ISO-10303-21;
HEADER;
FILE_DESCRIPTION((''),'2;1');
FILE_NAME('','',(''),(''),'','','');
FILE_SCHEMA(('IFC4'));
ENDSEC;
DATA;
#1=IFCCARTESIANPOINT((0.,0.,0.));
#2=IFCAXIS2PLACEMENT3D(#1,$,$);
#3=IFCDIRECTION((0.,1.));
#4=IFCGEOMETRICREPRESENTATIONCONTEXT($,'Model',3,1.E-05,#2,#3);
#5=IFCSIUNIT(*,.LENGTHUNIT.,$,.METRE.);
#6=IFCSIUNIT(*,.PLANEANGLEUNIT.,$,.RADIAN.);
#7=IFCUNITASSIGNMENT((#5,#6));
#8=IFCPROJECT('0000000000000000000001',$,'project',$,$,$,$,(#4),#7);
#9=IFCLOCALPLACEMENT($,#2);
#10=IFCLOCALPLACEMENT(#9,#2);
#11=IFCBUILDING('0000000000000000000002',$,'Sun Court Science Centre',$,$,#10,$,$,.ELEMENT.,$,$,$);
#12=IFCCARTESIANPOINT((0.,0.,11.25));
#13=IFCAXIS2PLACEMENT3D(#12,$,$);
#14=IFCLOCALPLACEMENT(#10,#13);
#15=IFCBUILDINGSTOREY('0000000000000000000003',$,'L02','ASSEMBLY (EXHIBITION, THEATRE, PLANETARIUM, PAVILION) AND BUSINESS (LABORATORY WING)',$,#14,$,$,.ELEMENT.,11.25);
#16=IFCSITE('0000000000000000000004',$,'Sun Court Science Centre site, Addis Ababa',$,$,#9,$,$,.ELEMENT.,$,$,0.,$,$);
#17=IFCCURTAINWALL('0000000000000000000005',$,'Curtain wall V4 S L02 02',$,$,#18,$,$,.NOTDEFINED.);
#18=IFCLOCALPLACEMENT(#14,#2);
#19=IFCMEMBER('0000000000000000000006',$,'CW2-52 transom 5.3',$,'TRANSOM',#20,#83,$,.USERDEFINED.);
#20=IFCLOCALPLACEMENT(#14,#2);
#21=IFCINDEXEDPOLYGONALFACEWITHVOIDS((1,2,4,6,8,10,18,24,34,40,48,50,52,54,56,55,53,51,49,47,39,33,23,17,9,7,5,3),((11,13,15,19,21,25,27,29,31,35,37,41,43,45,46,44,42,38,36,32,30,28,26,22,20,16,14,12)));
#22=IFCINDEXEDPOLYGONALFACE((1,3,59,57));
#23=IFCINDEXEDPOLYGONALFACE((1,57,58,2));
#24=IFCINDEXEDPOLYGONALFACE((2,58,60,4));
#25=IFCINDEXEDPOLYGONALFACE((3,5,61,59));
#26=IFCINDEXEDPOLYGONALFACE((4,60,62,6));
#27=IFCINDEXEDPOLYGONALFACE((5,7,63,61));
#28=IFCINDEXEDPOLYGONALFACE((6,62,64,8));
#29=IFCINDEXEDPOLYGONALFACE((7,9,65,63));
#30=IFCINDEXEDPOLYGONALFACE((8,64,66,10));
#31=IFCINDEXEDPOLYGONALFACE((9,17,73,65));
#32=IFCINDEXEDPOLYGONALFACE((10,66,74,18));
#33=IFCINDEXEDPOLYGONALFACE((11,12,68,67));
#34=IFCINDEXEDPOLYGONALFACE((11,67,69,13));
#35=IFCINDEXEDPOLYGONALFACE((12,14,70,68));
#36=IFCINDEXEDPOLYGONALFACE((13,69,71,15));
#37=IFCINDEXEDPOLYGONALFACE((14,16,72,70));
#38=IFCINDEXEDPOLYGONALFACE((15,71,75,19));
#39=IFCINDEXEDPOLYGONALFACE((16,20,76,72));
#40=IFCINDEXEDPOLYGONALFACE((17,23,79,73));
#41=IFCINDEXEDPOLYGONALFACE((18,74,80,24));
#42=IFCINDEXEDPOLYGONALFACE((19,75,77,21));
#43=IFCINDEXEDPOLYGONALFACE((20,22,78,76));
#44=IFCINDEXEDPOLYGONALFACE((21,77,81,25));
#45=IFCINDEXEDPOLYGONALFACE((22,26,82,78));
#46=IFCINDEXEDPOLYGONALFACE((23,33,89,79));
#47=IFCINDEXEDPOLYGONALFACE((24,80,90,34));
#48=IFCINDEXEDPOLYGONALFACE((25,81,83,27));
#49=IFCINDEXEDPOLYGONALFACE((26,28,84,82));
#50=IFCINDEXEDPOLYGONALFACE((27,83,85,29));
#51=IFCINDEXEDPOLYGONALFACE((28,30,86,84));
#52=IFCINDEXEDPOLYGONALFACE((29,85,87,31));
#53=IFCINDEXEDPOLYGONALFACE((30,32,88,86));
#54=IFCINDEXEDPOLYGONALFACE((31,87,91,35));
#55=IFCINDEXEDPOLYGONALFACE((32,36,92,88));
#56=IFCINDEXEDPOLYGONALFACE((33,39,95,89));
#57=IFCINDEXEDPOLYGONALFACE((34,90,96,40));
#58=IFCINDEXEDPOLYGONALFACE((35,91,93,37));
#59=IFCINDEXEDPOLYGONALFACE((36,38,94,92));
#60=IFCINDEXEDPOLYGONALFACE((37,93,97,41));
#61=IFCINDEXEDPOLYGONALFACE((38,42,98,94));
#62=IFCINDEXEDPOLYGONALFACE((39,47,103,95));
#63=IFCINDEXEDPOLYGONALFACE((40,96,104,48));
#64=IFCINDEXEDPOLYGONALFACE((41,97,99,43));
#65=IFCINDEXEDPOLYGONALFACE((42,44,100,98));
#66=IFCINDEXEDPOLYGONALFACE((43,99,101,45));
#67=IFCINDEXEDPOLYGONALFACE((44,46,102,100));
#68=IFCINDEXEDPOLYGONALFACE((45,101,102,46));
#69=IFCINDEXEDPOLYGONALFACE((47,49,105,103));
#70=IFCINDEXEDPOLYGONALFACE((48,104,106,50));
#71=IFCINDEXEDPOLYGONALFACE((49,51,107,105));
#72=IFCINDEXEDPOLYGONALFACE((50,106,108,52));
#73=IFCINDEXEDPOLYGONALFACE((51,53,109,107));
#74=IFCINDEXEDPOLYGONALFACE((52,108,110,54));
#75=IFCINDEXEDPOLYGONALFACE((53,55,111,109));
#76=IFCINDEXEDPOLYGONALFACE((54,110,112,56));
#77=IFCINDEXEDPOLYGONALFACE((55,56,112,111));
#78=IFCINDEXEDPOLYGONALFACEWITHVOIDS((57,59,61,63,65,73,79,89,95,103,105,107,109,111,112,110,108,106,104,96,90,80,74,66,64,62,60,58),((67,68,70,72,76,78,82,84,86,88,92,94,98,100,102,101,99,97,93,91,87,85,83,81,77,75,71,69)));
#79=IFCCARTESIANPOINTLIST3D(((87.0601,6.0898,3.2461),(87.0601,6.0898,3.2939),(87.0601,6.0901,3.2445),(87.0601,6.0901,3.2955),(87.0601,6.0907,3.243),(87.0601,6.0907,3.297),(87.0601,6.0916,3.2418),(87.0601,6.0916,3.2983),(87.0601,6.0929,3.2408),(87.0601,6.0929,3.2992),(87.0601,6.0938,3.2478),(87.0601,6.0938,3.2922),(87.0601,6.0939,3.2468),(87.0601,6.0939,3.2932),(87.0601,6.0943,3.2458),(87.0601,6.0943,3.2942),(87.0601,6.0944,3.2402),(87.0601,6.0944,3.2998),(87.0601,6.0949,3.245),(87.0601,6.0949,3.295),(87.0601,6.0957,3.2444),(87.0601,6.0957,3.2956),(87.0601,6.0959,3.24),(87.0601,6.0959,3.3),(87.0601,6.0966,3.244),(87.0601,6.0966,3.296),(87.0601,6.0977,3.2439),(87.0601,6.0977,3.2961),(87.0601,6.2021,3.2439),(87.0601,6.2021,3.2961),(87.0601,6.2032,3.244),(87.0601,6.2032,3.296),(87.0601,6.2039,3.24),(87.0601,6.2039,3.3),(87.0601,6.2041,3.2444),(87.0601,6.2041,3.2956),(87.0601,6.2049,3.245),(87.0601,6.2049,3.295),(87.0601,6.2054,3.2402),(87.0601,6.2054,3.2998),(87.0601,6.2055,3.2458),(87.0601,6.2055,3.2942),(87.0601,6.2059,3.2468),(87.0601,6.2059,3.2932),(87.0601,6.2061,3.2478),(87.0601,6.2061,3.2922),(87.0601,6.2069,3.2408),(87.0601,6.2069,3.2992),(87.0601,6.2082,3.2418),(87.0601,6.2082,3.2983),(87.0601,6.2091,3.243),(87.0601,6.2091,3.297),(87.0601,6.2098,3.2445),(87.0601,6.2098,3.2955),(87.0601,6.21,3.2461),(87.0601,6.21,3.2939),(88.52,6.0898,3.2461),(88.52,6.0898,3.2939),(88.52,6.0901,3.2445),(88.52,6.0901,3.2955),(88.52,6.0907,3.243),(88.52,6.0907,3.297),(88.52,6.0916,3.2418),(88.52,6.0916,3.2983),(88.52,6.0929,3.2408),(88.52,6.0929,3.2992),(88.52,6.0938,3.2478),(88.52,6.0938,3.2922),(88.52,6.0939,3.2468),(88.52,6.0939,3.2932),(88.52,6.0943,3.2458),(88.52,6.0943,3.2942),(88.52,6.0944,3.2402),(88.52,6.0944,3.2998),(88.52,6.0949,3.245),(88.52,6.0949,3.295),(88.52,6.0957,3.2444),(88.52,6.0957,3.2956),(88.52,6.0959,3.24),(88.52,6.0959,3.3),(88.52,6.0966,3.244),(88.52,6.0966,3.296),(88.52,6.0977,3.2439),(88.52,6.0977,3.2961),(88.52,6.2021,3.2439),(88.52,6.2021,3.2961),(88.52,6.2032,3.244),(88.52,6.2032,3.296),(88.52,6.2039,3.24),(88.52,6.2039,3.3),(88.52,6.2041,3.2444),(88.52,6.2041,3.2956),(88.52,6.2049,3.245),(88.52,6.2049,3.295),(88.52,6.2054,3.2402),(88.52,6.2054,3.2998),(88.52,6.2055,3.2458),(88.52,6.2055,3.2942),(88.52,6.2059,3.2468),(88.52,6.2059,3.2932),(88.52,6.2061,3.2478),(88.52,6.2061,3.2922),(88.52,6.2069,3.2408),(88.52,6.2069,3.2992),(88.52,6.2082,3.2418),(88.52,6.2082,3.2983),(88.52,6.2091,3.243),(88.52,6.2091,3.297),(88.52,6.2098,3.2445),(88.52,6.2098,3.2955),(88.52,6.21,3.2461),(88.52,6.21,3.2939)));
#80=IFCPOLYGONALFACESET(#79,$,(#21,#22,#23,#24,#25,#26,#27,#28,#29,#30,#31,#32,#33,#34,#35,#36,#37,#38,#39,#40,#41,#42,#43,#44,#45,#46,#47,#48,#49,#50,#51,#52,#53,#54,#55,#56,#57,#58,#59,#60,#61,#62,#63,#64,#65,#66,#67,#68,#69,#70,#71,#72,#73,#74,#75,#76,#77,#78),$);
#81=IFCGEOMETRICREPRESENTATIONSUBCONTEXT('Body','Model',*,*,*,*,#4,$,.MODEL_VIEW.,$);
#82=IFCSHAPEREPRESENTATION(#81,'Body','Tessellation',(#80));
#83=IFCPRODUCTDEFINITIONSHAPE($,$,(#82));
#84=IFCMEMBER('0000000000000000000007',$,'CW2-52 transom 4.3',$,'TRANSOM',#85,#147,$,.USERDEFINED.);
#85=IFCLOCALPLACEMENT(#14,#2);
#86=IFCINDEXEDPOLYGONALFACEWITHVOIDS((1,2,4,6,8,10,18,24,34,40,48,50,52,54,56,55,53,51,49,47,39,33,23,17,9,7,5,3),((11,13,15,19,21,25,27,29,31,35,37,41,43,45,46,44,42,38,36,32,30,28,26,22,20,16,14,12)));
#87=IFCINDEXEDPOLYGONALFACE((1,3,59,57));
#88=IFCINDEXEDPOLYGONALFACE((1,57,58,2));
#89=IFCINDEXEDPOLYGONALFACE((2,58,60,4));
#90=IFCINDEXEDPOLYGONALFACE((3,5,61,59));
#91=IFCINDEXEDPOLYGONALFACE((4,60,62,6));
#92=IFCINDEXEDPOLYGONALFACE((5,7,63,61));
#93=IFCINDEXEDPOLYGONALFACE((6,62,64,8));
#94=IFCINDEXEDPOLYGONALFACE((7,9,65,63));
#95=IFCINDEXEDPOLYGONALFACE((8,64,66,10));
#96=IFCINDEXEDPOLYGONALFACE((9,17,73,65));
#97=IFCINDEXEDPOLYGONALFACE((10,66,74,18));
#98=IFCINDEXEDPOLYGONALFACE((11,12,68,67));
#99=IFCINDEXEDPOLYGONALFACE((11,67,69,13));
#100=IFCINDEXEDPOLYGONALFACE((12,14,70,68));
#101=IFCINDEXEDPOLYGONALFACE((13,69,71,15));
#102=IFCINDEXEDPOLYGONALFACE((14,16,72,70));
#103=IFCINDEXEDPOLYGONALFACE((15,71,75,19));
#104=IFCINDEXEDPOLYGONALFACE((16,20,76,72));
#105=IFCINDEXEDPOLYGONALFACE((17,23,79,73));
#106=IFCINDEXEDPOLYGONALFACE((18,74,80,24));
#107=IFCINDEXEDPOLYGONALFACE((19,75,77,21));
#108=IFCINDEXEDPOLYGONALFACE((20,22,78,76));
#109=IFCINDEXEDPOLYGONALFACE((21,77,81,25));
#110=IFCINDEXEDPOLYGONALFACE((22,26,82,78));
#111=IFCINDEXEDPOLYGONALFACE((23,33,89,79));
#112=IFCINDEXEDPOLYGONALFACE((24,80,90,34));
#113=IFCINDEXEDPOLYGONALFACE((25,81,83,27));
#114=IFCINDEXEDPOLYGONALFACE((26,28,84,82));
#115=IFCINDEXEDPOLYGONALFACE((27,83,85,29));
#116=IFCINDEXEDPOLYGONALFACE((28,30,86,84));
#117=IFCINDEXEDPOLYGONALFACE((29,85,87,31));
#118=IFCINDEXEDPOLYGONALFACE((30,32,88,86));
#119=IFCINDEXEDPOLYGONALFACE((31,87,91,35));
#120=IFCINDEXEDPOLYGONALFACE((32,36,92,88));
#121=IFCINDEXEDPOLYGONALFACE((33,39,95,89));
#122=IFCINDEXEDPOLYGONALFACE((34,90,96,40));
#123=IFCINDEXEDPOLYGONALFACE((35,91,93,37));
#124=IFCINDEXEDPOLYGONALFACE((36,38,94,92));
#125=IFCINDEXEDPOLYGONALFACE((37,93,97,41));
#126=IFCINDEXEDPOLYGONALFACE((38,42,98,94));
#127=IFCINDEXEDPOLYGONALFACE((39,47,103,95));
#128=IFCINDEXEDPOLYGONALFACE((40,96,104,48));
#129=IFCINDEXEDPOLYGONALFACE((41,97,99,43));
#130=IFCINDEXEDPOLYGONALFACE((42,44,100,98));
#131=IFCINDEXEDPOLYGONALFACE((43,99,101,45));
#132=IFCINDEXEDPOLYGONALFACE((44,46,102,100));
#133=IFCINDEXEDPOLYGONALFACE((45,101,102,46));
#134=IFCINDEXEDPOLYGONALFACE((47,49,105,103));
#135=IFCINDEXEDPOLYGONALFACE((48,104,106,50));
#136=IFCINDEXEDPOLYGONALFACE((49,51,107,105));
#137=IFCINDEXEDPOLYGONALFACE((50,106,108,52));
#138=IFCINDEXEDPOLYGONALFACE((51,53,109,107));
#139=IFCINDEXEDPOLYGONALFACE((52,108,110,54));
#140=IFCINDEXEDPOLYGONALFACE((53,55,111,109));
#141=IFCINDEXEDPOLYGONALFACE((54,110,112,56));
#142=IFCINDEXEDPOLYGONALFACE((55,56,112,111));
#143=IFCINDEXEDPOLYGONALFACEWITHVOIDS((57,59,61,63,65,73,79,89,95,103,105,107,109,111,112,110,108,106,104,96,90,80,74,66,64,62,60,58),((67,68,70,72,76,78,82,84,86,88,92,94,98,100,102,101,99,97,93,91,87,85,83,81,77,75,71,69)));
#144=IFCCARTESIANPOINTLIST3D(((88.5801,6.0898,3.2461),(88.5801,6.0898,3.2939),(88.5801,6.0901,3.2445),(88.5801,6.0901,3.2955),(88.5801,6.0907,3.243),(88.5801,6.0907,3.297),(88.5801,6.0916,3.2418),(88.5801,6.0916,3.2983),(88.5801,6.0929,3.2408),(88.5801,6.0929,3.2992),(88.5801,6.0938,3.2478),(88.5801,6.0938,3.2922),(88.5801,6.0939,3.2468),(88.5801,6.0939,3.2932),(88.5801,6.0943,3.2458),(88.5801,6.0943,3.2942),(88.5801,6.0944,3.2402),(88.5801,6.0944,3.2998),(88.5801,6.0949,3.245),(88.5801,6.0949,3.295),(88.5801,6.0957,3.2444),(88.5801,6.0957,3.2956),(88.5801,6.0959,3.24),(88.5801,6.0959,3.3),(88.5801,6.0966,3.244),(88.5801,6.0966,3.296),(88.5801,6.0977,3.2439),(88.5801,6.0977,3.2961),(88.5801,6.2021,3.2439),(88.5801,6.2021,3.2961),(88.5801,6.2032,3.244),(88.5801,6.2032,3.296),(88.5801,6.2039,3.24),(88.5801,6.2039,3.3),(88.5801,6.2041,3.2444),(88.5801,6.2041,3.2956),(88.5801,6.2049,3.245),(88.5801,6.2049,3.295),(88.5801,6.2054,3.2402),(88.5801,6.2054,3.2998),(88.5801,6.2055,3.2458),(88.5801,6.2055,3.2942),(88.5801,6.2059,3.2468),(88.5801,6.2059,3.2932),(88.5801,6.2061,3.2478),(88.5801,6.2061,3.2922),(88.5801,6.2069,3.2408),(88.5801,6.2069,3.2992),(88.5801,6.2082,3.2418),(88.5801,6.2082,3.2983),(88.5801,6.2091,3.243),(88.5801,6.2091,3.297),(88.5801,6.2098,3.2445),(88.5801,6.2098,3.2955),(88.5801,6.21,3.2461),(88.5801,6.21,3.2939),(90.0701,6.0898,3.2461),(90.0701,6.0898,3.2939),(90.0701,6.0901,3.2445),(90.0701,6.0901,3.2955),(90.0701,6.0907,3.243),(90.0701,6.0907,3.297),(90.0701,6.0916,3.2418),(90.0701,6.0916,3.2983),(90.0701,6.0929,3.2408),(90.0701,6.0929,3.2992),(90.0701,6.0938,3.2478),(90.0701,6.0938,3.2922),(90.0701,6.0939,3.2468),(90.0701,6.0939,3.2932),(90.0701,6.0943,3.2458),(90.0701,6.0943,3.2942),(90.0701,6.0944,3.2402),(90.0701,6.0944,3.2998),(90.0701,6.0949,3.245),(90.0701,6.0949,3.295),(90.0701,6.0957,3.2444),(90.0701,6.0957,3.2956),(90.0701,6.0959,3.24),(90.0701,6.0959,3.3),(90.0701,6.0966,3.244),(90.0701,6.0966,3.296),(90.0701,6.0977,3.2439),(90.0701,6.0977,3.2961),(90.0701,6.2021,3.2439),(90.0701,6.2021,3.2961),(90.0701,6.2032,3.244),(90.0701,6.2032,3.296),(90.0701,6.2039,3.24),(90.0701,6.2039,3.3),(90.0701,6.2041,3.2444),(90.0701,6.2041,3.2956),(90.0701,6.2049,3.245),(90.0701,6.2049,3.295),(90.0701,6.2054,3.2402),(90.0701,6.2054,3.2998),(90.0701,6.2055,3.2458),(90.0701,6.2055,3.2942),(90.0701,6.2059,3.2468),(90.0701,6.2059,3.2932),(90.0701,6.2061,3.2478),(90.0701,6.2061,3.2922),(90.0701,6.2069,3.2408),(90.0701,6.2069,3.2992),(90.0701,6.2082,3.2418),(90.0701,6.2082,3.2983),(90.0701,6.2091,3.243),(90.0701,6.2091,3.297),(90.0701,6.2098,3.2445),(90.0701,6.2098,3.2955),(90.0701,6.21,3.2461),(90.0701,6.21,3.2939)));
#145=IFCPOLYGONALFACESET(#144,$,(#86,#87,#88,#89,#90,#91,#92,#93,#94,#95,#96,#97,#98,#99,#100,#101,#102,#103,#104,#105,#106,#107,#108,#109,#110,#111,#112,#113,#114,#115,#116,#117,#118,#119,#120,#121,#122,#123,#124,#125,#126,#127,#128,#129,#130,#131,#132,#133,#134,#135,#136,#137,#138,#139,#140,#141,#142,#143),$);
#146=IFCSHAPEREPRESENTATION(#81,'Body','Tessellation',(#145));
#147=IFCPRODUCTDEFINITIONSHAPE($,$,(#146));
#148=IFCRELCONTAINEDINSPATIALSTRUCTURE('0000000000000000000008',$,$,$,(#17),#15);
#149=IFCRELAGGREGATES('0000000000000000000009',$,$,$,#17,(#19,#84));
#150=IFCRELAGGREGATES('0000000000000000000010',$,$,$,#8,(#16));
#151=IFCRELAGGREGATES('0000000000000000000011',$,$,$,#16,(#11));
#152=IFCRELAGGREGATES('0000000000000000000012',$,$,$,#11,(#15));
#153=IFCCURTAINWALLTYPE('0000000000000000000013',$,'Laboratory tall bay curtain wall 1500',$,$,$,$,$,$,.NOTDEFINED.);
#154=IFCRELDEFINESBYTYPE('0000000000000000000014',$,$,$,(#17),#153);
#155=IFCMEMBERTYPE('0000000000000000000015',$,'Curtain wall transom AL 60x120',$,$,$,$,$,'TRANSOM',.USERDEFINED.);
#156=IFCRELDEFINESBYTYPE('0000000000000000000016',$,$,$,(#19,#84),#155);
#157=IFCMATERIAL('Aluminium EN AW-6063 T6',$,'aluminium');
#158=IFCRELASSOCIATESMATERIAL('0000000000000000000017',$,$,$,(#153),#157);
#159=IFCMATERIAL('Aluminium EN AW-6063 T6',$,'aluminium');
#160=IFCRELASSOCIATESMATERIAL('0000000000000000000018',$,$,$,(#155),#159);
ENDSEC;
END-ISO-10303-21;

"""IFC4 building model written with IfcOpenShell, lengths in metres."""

from ifc_helpers import new_model, si_unit, direction, frame, origin, origin_2d, place, context, subcontext, project, spatial, hollow_rectangle, extrude, material, material_profile, profile_set, type_object, element, aggregate, save


model = new_model("IFC4")

# Units and contexts
model_context = context("Model", 3, precision=1e-05, world=origin(), true_north=direction((0.0, 1.0)))
body_context = subcontext(model_context, "Body", "Model", "MODEL_VIEW")
ifc_project = project(units=[si_unit("LENGTHUNIT", "METRE"), si_unit("PLANEANGLEUNIT", "RADIAN")], contexts=[model_context])

# Site, building, storey
site_placement = place(None, origin())
site = spatial("IfcSite", under=ifc_project, at=site_placement, Name="Sun Court Science Centre site, Addis Ababa", CompositionType="ELEMENT", RefElevation=0.0)
building_placement = place(site_placement, origin())
building = spatial("IfcBuilding", under=site, at=building_placement, Name="Sun Court Science Centre", CompositionType="ELEMENT")
storey_placement = place(building_placement, frame((0.0, 0.0, 11.25)))
storey = spatial("IfcBuildingStorey", under=building, at=storey_placement, Name="L02", Description="ASSEMBLY (EXHIBITION, THEATRE, PLANETARIUM, PAVILION) AND BUSINESS (LABORATORY WING)", CompositionType="ELEMENT", Elevation=11.25)

# Curtain wall, members
ifc_material_1 = material(Name="Aluminium EN AW-6063 T6", Category="aluminium")
curtain_wall_type = type_object("IfcCurtainWallType", Name="Laboratory tall bay curtain wall 1500", PredefinedType="NOTDEFINED", material=ifc_material_1)
curtain_wall_placement = place(storey_placement, origin())
curtain_wall = element("IfcCurtainWall", 1, at=curtain_wall_placement, inside=storey, type_object=curtain_wall_type, Name="Curtain wall V4 S L02 02", PredefinedType="NOTDEFINED")
ifc_material_2 = material(Name="Aluminium EN AW-6063 T6", Category="aluminium")
ifc_material_profile_1 = material_profile(ifc_material_2, hollow_rectangle(XDim=0.0601, YDim=0.1201, WallThickness=0.0039, InnerFilletRadius=0.0039, OuterFilletRadius=0.0061, at=origin_2d()), Name="AL 60x120x4")
ifc_profile_set_1 = profile_set([ifc_material_profile_1], Name="Aluminium EN AW-6063 T6")
member_type_1 = type_object("IfcMemberType", Name="Curtain wall transom AL 60x120", ElementType="TRANSOM", PredefinedType="USERDEFINED", material=ifc_profile_set_1)
member_1_placement = place(storey_placement, frame((88.52, 6.1499, 3.27), z_axis=(-1.0, 0.0, 0.0), x_axis=(0.0, 0.0, 1.0)))
member_1 = element("IfcMember", 2, at=member_1_placement, type_object=member_type_1, Name="CW2-52 transom 5.3", ObjectType="TRANSOM", PredefinedType="USERDEFINED", context=body_context, shape_type="SweptSolid", body=[
    extrude(hollow_rectangle(XDim=0.0601, YDim=0.1201, WallThickness=0.0039, InnerFilletRadius=0.0039, OuterFilletRadius=0.0061, at=origin_2d()), origin(), (0.0, 0.0, 1.0), 1.46),
])
member_2_placement = place(storey_placement, frame((90.0701, 6.1499, 3.27), z_axis=(-1.0, 0.0, 0.0), x_axis=(0.0, 0.0, 1.0)))
member_2 = element("IfcMember", 3, at=member_2_placement, type_object=member_type_1, Name="CW2-52 transom 4.3", ObjectType="TRANSOM", PredefinedType="USERDEFINED", context=body_context, shape_type="SweptSolid", body=[
    extrude(hollow_rectangle(XDim=0.0601, YDim=0.1201, WallThickness=0.0039, InnerFilletRadius=0.0039, OuterFilletRadius=0.0061, at=origin_2d()), origin(), (0.0, 0.0, 1.0), 1.49),
])

aggregate(curtain_wall, [member_1, member_2])

save(model, "model.ifc")
